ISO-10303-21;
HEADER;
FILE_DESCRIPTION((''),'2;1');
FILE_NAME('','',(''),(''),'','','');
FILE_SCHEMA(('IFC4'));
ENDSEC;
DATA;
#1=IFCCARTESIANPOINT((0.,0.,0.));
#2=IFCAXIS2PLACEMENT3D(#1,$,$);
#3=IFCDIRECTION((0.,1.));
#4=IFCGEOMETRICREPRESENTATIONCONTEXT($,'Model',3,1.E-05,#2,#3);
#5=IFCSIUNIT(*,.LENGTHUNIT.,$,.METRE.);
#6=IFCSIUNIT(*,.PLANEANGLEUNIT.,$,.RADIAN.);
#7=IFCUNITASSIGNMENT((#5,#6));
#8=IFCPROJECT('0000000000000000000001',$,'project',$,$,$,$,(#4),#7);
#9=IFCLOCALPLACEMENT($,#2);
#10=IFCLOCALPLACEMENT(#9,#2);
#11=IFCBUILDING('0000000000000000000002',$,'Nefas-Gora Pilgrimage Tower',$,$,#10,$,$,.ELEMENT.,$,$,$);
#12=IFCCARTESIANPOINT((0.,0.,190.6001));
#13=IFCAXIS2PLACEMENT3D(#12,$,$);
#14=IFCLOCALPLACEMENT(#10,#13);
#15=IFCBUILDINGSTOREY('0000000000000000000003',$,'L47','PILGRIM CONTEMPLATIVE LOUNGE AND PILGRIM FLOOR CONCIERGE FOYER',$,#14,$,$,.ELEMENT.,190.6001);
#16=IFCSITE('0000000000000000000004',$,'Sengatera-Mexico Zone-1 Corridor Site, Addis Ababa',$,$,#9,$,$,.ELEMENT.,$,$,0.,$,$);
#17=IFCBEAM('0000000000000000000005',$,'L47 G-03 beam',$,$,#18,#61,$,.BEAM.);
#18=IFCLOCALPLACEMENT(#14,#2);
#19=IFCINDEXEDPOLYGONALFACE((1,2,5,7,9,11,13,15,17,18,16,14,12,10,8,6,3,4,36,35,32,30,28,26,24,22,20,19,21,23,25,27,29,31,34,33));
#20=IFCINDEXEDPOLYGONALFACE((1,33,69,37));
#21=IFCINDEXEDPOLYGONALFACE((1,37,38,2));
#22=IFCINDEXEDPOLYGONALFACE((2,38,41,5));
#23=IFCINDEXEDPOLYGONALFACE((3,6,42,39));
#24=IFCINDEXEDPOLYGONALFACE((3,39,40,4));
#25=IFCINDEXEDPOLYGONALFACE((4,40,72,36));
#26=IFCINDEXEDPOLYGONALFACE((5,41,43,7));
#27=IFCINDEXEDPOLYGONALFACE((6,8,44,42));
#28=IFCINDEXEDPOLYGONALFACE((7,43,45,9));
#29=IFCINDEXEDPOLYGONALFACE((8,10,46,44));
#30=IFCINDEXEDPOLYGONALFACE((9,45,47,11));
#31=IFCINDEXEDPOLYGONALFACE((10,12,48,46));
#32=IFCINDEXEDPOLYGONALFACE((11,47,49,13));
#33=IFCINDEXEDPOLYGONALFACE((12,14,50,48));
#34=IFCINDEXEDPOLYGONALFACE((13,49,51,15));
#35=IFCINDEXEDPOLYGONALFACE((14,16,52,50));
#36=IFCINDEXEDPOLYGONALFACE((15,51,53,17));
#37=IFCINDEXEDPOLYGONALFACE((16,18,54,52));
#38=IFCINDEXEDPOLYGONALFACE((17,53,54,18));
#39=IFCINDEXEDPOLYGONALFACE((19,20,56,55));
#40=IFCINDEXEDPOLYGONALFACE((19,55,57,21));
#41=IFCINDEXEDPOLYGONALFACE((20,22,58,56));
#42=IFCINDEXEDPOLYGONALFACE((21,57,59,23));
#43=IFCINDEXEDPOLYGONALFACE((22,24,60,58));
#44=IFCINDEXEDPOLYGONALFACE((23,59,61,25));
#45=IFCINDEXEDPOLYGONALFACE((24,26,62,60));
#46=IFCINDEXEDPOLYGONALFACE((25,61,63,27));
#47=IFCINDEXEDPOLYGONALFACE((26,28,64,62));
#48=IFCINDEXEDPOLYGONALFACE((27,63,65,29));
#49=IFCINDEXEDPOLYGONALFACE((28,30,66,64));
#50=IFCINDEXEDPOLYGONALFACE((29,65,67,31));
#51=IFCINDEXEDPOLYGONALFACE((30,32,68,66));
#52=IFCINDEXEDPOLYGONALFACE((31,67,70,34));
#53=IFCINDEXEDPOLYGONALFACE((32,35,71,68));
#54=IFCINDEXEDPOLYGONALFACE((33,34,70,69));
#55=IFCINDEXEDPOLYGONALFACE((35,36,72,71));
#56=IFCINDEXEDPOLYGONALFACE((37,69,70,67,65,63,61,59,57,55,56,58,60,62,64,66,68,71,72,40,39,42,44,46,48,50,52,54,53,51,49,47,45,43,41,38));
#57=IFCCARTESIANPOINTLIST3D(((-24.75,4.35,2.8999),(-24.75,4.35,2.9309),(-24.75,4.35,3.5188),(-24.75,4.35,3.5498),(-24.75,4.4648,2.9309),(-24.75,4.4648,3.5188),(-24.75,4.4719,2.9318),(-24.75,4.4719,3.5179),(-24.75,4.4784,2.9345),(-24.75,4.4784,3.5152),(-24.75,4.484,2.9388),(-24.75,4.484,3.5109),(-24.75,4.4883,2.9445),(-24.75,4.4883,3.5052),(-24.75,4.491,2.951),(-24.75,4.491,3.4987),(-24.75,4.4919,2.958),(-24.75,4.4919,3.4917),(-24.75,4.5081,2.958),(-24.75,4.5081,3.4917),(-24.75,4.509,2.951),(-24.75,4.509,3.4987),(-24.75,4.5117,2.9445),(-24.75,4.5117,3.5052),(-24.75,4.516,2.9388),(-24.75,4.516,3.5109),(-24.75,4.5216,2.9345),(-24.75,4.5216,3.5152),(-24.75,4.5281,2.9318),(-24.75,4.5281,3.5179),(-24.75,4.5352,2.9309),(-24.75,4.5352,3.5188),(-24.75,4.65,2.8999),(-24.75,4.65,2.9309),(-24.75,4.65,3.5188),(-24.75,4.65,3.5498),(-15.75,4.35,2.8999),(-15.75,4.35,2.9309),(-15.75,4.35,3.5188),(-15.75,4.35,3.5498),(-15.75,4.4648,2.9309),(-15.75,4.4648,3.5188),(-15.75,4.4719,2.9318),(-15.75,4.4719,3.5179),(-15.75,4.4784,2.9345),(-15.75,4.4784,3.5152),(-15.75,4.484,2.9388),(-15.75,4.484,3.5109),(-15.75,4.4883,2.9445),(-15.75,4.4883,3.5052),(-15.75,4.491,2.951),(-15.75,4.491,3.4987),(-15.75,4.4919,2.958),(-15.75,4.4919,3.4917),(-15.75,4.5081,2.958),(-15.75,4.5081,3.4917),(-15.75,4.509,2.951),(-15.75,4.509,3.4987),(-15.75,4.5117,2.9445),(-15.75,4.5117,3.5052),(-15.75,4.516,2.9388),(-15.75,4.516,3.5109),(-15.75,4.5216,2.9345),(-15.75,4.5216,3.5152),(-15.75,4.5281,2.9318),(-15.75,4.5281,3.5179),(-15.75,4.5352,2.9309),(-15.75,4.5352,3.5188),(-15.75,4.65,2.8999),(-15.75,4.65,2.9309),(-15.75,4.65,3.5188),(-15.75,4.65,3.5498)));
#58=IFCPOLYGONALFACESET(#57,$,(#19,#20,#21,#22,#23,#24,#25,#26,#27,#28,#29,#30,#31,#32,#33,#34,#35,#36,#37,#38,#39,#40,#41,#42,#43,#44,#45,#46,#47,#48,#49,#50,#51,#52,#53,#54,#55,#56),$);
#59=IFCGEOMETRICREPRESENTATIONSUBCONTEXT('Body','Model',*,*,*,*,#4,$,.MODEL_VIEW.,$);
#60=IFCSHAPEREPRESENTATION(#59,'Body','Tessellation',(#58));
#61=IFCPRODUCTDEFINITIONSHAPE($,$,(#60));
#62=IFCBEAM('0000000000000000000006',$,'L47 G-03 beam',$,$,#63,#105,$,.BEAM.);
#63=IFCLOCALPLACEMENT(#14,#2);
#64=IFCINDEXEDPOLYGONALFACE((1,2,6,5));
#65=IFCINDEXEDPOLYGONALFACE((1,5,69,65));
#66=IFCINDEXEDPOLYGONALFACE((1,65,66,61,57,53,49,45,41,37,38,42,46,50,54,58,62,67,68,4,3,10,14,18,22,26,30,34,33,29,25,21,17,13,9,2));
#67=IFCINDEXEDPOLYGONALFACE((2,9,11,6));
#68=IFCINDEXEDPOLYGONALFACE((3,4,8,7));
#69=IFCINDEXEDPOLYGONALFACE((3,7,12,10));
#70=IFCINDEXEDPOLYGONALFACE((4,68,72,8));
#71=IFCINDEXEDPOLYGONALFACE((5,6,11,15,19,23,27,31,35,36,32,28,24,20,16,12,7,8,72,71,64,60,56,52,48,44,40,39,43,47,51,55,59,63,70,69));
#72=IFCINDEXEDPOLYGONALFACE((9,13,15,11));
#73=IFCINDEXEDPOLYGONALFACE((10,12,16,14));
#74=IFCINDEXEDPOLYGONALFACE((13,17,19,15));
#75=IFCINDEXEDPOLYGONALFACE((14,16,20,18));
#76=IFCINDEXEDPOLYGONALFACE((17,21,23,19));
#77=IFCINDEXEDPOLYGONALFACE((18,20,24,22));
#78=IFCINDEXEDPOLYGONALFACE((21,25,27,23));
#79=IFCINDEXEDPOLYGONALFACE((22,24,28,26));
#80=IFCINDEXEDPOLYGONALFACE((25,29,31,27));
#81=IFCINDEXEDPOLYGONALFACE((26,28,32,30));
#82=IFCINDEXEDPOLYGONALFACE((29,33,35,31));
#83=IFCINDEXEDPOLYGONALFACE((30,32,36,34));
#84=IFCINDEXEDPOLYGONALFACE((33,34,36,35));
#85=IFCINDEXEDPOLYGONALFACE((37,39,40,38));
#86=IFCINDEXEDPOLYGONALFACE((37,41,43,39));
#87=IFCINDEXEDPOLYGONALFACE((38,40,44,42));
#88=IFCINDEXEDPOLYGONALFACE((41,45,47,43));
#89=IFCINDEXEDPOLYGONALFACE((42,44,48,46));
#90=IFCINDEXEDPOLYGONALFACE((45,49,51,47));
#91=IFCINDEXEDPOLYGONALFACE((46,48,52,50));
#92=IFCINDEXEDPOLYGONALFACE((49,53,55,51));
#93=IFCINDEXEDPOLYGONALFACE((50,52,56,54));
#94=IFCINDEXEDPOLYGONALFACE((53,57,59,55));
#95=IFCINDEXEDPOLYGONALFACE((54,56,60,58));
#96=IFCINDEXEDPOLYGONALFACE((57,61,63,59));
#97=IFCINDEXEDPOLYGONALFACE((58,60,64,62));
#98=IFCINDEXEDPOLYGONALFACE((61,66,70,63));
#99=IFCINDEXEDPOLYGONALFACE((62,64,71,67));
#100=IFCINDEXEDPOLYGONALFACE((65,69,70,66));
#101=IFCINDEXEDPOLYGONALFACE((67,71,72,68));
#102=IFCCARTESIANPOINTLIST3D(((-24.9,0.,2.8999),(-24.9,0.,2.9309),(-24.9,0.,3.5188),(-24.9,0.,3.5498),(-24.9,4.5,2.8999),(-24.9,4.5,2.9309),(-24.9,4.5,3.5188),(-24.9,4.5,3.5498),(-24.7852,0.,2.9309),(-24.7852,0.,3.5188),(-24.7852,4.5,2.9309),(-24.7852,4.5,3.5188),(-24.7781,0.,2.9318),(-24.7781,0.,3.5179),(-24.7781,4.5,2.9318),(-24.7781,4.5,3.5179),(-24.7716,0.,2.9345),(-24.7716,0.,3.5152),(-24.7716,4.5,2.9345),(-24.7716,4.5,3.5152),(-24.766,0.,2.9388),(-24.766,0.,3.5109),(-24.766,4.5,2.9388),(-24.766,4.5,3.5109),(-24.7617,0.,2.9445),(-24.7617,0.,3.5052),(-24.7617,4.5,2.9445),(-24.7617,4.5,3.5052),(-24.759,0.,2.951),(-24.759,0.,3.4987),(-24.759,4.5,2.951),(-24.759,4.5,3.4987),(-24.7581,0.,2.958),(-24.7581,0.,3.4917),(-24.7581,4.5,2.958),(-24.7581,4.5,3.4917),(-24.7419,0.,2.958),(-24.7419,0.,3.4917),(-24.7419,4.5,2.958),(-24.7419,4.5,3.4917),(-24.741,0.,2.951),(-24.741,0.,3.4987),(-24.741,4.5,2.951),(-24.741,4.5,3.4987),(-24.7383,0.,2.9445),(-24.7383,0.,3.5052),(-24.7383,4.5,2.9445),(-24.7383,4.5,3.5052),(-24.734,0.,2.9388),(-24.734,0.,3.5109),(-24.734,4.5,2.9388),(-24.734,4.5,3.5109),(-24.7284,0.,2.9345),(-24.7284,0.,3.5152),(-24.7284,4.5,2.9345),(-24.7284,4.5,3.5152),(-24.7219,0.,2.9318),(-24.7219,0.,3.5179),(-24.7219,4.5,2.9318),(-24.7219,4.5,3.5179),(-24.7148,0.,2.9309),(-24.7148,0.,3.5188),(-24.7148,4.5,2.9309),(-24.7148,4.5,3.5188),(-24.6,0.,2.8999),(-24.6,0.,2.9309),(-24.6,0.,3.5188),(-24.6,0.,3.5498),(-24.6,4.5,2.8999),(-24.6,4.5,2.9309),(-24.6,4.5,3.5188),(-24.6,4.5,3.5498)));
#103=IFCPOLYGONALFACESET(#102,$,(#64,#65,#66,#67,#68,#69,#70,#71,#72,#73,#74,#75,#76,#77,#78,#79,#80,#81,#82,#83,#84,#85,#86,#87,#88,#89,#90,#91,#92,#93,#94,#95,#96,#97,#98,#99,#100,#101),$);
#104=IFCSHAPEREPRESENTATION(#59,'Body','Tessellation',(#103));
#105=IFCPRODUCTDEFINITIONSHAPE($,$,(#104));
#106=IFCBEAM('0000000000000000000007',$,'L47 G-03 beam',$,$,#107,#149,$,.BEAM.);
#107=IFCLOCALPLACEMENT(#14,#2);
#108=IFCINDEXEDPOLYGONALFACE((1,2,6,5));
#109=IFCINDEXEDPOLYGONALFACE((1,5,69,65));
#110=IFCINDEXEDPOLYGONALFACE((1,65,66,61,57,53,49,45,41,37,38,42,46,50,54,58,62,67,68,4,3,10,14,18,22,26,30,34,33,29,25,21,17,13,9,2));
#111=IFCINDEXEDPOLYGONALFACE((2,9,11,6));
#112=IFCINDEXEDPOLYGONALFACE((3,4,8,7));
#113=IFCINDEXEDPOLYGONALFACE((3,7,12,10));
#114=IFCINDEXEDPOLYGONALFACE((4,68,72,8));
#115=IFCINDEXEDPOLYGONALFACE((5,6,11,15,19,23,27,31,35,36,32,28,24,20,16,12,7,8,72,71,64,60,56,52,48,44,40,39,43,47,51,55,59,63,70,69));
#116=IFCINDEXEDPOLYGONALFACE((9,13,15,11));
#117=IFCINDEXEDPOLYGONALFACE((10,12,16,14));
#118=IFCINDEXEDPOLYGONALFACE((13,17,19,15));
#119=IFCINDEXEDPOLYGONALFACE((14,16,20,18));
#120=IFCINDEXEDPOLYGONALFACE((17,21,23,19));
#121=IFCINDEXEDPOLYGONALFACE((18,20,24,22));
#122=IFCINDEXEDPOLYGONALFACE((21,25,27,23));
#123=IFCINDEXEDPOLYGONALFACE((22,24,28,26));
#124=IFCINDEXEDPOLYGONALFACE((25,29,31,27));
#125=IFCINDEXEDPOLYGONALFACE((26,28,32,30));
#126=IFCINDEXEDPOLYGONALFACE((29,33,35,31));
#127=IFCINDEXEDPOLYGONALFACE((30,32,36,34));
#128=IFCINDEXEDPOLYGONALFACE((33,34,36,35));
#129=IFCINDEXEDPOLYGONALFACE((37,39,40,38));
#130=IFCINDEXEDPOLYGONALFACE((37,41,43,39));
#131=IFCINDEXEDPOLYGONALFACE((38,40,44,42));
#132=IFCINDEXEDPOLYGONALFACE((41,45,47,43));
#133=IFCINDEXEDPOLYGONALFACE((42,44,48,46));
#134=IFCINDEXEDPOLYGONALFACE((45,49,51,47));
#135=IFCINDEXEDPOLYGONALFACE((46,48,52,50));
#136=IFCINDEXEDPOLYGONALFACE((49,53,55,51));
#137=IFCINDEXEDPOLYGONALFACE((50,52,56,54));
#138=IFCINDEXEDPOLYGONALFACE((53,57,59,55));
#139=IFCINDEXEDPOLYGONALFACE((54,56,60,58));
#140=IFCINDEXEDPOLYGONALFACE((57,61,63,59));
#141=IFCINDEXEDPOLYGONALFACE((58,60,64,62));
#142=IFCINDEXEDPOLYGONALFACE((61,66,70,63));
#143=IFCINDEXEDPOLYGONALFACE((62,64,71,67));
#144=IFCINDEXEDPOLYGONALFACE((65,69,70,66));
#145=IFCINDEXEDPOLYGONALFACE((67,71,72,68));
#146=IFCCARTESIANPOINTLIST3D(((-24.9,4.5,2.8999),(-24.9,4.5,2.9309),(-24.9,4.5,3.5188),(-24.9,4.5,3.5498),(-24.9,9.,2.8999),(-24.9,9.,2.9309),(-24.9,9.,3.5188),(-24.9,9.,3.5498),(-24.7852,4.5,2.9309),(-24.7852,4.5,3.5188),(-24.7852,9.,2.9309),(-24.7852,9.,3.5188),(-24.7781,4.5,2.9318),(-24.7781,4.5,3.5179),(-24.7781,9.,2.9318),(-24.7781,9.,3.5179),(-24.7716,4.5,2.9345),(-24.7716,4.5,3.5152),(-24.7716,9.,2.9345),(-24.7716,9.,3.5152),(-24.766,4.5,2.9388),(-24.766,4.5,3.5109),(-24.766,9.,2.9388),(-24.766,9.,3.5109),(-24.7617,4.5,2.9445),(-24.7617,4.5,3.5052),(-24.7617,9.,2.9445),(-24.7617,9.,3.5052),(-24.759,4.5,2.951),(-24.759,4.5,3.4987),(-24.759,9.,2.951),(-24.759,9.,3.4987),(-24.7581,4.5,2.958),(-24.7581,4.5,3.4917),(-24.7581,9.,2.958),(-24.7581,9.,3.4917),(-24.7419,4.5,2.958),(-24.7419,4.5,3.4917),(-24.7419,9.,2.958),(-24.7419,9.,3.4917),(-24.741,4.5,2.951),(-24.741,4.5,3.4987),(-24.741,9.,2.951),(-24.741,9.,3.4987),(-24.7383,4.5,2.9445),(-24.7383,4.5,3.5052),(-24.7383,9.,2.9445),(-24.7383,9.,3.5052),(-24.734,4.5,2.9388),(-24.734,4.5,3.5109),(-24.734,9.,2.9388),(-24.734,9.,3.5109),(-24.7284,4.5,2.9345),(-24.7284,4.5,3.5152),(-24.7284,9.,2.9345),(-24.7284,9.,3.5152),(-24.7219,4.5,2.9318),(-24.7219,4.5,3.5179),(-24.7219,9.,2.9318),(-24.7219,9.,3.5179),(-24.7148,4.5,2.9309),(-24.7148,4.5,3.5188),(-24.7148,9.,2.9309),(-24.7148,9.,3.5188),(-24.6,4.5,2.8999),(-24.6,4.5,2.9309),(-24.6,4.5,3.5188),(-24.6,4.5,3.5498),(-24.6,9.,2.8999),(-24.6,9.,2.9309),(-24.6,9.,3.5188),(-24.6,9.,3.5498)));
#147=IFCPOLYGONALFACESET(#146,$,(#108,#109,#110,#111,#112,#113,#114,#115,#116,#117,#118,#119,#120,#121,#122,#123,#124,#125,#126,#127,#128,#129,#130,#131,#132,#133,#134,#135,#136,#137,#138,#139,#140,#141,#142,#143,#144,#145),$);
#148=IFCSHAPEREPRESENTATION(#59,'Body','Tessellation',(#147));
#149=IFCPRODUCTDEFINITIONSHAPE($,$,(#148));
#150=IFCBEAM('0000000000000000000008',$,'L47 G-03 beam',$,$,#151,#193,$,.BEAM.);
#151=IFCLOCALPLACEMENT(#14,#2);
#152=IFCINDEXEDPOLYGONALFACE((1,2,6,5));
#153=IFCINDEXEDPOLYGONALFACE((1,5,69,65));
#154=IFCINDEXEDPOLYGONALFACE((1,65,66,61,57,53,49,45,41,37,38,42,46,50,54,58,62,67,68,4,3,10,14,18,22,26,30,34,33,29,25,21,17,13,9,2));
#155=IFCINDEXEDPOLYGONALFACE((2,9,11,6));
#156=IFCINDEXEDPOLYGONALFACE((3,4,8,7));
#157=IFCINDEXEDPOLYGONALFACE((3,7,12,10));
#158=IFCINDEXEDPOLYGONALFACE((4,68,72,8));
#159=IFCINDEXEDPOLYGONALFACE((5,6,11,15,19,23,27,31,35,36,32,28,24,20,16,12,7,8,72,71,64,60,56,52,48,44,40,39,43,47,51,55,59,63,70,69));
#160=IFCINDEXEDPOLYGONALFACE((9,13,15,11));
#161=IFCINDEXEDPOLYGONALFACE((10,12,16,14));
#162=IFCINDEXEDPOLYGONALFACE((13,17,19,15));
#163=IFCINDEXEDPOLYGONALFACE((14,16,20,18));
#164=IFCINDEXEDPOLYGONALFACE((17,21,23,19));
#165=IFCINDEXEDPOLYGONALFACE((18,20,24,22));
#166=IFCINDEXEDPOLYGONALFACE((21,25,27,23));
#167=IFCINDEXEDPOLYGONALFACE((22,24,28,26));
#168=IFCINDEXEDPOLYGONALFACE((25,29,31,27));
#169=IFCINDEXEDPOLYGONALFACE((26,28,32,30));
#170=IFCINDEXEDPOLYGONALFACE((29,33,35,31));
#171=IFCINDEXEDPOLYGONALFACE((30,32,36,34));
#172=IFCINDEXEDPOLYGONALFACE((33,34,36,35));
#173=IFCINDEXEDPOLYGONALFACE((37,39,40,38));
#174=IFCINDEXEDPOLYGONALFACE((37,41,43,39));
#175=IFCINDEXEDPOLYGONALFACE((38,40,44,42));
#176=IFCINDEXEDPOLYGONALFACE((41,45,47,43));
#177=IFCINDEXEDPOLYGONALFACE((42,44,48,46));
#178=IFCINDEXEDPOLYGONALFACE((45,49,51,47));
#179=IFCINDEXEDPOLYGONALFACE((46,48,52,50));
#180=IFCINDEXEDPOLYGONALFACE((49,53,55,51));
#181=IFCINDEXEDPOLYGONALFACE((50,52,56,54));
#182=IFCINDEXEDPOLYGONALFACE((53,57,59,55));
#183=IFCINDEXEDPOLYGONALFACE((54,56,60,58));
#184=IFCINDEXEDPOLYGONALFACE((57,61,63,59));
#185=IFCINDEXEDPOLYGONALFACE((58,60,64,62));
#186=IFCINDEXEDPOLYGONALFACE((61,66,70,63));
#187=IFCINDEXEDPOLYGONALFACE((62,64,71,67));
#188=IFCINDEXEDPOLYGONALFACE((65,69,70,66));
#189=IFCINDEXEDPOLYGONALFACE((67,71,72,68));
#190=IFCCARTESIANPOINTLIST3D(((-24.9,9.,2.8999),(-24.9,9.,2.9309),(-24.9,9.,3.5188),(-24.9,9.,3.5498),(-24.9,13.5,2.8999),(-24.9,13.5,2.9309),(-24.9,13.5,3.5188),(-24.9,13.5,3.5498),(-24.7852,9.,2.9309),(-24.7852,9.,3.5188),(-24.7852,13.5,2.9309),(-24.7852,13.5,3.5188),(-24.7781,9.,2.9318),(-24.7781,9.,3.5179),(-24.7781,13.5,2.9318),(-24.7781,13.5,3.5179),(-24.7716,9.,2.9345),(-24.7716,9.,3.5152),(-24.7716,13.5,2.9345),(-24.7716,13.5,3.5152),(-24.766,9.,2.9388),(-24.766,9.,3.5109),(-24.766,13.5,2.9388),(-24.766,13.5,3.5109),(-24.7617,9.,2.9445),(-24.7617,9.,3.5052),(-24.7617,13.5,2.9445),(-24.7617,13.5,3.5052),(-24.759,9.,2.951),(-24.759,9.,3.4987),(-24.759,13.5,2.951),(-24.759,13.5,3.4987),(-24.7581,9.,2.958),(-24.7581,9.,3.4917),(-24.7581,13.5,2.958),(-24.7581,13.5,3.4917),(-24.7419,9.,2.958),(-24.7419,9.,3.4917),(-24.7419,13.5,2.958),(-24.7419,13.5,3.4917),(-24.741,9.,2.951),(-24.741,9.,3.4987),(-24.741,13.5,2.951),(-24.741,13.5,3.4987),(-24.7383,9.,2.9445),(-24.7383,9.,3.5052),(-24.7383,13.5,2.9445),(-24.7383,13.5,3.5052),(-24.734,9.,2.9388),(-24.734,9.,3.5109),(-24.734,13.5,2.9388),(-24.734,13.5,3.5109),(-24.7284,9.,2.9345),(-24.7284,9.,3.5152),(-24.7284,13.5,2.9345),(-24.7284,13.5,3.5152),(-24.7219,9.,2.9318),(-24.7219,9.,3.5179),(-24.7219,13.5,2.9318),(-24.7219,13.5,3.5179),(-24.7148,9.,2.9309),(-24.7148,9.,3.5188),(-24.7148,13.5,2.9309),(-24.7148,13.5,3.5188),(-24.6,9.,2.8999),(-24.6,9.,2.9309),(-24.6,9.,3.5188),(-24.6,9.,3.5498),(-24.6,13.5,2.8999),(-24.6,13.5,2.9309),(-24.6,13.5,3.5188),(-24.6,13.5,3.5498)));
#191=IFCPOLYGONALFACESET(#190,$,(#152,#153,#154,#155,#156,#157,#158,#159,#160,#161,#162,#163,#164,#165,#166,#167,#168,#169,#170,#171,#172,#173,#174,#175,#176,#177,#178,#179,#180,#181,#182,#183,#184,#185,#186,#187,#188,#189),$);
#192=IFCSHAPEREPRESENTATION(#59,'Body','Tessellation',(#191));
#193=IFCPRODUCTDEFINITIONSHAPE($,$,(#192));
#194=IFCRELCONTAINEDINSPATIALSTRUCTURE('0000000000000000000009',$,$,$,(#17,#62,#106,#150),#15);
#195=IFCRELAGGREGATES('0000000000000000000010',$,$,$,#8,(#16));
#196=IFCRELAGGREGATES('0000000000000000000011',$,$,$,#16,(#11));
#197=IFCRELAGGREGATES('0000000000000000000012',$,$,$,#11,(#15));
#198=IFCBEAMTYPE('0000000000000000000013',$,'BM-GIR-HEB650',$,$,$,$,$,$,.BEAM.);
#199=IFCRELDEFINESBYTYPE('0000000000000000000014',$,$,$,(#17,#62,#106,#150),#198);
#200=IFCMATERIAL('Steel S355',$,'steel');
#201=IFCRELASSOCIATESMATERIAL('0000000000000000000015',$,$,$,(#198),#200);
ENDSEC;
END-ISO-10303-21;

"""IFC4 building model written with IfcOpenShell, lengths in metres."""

from ifc_helpers import new_model, si_unit, direction, frame, origin, origin_2d, place, context, subcontext, project, spatial, i_section, extrude, source, transform, mapped, material, material_profile, profile_set, type_object, element, save


model = new_model("IFC4")

# Units and contexts
model_context = context("Model", 3, precision=1e-05, world=origin(), true_north=direction((0.0, 1.0)))
body_context = subcontext(model_context, "Body", "Model", "MODEL_VIEW")
ifc_project = project(units=[si_unit("LENGTHUNIT", "METRE"), si_unit("PLANEANGLEUNIT", "RADIAN")], contexts=[model_context])

# Site, building, storey
site_placement = place(None, origin())
site = spatial("IfcSite", under=ifc_project, at=site_placement, Name="Sengatera-Mexico Zone-1 Corridor Site, Addis Ababa", CompositionType="ELEMENT", RefElevation=0.0)
building_placement = place(site_placement, origin())
building = spatial("IfcBuilding", under=site, at=building_placement, Name="Nefas-Gora Pilgrimage Tower", CompositionType="ELEMENT")
storey_placement = place(building_placement, frame((0.0, 0.0, 190.6001)))
storey = spatial("IfcBuildingStorey", under=building, at=storey_placement, Name="L47", Description="PILGRIM CONTEMPLATIVE LOUNGE AND PILGRIM FLOOR CONCIERGE FOYER", CompositionType="ELEMENT", Elevation=190.6001)

# Beams
ifc_material_1 = material(Name="Steel S355", Category="steel")
ifc_material_profile_1 = material_profile(ifc_material_1, i_section(OverallWidth=0.3, OverallDepth=0.6499, WebThickness=0.0161, FlangeThickness=0.031, FilletRadius=0.0271, at=origin_2d()), Name="HEB 650")
ifc_profile_set_1 = profile_set([ifc_material_profile_1], Name="Steel S355")
beam_type_1 = type_object("IfcBeamType", Name="BM-GIR-HEB650", PredefinedType="BEAM", material=ifc_profile_set_1)
shared_shape_1 = source(origin(), body_context, "Body", "SweptSolid", [
    extrude(i_section(OverallWidth=0.3, OverallDepth=0.6499, WebThickness=0.0161, FlangeThickness=0.031, FilletRadius=0.0271, at=origin_2d()), origin(), (0.0, 0.0, 1.0), 9.0),
])
for number, where, z_axis, x_axis, name in (
    (1, (-24.75, 4.5, 3.2249), (1.0, 0.0, 0.0), (0.0, 1.0, 0.0), "L47 G-03 beam"),
):
    element("IfcBeam", number, at=place(storey_placement, frame(where, z_axis=z_axis, x_axis=x_axis)), inside=storey, type_object=beam_type_1, Name=name, PredefinedType="BEAM", context=body_context, shape_type="MappedRepresentation", body=[
        mapped(shared_shape_1, transform((0.0, 0.0, 0.0), x_axis=(1.0, 0.0, 0.0), y_axis=(0.0, 1.0, 0.0), z_axis=(0.0, 0.0, 1.0), scale=1.0)),
    ])
shared_shape_2 = source(origin(), body_context, "Body", "SweptSolid", [
    extrude(i_section(OverallWidth=0.3, OverallDepth=0.6499, WebThickness=0.0161, FlangeThickness=0.031, FilletRadius=0.0271, at=origin_2d()), origin(), (0.0, 0.0, 1.0), 4.5),
])
for number, where, z_axis, x_axis, name in (
    (2, (-24.75, 0.0, 3.2249), (0.0, 1.0, 0.0), (-1.0, 0.0, 0.0), "L47 G-03 beam"),
    (3, (-24.75, 4.5, 3.2249), (0.0, 1.0, 0.0), (-1.0, 0.0, 0.0), "L47 G-03 beam"),
    (4, (-24.75, 9.0, 3.2249), (0.0, 1.0, 0.0), (-1.0, 0.0, 0.0), "L47 G-03 beam"),
):
    element("IfcBeam", number, at=place(storey_placement, frame(where, z_axis=z_axis, x_axis=x_axis)), inside=storey, type_object=beam_type_1, Name=name, PredefinedType="BEAM", context=body_context, shape_type="MappedRepresentation", body=[
        mapped(shared_shape_2, transform((0.0, 0.0, 0.0), x_axis=(1.0, 0.0, 0.0), y_axis=(0.0, 1.0, 0.0), z_axis=(0.0, 0.0, 1.0), scale=1.0)),
    ])

save(model, "model.ifc")
